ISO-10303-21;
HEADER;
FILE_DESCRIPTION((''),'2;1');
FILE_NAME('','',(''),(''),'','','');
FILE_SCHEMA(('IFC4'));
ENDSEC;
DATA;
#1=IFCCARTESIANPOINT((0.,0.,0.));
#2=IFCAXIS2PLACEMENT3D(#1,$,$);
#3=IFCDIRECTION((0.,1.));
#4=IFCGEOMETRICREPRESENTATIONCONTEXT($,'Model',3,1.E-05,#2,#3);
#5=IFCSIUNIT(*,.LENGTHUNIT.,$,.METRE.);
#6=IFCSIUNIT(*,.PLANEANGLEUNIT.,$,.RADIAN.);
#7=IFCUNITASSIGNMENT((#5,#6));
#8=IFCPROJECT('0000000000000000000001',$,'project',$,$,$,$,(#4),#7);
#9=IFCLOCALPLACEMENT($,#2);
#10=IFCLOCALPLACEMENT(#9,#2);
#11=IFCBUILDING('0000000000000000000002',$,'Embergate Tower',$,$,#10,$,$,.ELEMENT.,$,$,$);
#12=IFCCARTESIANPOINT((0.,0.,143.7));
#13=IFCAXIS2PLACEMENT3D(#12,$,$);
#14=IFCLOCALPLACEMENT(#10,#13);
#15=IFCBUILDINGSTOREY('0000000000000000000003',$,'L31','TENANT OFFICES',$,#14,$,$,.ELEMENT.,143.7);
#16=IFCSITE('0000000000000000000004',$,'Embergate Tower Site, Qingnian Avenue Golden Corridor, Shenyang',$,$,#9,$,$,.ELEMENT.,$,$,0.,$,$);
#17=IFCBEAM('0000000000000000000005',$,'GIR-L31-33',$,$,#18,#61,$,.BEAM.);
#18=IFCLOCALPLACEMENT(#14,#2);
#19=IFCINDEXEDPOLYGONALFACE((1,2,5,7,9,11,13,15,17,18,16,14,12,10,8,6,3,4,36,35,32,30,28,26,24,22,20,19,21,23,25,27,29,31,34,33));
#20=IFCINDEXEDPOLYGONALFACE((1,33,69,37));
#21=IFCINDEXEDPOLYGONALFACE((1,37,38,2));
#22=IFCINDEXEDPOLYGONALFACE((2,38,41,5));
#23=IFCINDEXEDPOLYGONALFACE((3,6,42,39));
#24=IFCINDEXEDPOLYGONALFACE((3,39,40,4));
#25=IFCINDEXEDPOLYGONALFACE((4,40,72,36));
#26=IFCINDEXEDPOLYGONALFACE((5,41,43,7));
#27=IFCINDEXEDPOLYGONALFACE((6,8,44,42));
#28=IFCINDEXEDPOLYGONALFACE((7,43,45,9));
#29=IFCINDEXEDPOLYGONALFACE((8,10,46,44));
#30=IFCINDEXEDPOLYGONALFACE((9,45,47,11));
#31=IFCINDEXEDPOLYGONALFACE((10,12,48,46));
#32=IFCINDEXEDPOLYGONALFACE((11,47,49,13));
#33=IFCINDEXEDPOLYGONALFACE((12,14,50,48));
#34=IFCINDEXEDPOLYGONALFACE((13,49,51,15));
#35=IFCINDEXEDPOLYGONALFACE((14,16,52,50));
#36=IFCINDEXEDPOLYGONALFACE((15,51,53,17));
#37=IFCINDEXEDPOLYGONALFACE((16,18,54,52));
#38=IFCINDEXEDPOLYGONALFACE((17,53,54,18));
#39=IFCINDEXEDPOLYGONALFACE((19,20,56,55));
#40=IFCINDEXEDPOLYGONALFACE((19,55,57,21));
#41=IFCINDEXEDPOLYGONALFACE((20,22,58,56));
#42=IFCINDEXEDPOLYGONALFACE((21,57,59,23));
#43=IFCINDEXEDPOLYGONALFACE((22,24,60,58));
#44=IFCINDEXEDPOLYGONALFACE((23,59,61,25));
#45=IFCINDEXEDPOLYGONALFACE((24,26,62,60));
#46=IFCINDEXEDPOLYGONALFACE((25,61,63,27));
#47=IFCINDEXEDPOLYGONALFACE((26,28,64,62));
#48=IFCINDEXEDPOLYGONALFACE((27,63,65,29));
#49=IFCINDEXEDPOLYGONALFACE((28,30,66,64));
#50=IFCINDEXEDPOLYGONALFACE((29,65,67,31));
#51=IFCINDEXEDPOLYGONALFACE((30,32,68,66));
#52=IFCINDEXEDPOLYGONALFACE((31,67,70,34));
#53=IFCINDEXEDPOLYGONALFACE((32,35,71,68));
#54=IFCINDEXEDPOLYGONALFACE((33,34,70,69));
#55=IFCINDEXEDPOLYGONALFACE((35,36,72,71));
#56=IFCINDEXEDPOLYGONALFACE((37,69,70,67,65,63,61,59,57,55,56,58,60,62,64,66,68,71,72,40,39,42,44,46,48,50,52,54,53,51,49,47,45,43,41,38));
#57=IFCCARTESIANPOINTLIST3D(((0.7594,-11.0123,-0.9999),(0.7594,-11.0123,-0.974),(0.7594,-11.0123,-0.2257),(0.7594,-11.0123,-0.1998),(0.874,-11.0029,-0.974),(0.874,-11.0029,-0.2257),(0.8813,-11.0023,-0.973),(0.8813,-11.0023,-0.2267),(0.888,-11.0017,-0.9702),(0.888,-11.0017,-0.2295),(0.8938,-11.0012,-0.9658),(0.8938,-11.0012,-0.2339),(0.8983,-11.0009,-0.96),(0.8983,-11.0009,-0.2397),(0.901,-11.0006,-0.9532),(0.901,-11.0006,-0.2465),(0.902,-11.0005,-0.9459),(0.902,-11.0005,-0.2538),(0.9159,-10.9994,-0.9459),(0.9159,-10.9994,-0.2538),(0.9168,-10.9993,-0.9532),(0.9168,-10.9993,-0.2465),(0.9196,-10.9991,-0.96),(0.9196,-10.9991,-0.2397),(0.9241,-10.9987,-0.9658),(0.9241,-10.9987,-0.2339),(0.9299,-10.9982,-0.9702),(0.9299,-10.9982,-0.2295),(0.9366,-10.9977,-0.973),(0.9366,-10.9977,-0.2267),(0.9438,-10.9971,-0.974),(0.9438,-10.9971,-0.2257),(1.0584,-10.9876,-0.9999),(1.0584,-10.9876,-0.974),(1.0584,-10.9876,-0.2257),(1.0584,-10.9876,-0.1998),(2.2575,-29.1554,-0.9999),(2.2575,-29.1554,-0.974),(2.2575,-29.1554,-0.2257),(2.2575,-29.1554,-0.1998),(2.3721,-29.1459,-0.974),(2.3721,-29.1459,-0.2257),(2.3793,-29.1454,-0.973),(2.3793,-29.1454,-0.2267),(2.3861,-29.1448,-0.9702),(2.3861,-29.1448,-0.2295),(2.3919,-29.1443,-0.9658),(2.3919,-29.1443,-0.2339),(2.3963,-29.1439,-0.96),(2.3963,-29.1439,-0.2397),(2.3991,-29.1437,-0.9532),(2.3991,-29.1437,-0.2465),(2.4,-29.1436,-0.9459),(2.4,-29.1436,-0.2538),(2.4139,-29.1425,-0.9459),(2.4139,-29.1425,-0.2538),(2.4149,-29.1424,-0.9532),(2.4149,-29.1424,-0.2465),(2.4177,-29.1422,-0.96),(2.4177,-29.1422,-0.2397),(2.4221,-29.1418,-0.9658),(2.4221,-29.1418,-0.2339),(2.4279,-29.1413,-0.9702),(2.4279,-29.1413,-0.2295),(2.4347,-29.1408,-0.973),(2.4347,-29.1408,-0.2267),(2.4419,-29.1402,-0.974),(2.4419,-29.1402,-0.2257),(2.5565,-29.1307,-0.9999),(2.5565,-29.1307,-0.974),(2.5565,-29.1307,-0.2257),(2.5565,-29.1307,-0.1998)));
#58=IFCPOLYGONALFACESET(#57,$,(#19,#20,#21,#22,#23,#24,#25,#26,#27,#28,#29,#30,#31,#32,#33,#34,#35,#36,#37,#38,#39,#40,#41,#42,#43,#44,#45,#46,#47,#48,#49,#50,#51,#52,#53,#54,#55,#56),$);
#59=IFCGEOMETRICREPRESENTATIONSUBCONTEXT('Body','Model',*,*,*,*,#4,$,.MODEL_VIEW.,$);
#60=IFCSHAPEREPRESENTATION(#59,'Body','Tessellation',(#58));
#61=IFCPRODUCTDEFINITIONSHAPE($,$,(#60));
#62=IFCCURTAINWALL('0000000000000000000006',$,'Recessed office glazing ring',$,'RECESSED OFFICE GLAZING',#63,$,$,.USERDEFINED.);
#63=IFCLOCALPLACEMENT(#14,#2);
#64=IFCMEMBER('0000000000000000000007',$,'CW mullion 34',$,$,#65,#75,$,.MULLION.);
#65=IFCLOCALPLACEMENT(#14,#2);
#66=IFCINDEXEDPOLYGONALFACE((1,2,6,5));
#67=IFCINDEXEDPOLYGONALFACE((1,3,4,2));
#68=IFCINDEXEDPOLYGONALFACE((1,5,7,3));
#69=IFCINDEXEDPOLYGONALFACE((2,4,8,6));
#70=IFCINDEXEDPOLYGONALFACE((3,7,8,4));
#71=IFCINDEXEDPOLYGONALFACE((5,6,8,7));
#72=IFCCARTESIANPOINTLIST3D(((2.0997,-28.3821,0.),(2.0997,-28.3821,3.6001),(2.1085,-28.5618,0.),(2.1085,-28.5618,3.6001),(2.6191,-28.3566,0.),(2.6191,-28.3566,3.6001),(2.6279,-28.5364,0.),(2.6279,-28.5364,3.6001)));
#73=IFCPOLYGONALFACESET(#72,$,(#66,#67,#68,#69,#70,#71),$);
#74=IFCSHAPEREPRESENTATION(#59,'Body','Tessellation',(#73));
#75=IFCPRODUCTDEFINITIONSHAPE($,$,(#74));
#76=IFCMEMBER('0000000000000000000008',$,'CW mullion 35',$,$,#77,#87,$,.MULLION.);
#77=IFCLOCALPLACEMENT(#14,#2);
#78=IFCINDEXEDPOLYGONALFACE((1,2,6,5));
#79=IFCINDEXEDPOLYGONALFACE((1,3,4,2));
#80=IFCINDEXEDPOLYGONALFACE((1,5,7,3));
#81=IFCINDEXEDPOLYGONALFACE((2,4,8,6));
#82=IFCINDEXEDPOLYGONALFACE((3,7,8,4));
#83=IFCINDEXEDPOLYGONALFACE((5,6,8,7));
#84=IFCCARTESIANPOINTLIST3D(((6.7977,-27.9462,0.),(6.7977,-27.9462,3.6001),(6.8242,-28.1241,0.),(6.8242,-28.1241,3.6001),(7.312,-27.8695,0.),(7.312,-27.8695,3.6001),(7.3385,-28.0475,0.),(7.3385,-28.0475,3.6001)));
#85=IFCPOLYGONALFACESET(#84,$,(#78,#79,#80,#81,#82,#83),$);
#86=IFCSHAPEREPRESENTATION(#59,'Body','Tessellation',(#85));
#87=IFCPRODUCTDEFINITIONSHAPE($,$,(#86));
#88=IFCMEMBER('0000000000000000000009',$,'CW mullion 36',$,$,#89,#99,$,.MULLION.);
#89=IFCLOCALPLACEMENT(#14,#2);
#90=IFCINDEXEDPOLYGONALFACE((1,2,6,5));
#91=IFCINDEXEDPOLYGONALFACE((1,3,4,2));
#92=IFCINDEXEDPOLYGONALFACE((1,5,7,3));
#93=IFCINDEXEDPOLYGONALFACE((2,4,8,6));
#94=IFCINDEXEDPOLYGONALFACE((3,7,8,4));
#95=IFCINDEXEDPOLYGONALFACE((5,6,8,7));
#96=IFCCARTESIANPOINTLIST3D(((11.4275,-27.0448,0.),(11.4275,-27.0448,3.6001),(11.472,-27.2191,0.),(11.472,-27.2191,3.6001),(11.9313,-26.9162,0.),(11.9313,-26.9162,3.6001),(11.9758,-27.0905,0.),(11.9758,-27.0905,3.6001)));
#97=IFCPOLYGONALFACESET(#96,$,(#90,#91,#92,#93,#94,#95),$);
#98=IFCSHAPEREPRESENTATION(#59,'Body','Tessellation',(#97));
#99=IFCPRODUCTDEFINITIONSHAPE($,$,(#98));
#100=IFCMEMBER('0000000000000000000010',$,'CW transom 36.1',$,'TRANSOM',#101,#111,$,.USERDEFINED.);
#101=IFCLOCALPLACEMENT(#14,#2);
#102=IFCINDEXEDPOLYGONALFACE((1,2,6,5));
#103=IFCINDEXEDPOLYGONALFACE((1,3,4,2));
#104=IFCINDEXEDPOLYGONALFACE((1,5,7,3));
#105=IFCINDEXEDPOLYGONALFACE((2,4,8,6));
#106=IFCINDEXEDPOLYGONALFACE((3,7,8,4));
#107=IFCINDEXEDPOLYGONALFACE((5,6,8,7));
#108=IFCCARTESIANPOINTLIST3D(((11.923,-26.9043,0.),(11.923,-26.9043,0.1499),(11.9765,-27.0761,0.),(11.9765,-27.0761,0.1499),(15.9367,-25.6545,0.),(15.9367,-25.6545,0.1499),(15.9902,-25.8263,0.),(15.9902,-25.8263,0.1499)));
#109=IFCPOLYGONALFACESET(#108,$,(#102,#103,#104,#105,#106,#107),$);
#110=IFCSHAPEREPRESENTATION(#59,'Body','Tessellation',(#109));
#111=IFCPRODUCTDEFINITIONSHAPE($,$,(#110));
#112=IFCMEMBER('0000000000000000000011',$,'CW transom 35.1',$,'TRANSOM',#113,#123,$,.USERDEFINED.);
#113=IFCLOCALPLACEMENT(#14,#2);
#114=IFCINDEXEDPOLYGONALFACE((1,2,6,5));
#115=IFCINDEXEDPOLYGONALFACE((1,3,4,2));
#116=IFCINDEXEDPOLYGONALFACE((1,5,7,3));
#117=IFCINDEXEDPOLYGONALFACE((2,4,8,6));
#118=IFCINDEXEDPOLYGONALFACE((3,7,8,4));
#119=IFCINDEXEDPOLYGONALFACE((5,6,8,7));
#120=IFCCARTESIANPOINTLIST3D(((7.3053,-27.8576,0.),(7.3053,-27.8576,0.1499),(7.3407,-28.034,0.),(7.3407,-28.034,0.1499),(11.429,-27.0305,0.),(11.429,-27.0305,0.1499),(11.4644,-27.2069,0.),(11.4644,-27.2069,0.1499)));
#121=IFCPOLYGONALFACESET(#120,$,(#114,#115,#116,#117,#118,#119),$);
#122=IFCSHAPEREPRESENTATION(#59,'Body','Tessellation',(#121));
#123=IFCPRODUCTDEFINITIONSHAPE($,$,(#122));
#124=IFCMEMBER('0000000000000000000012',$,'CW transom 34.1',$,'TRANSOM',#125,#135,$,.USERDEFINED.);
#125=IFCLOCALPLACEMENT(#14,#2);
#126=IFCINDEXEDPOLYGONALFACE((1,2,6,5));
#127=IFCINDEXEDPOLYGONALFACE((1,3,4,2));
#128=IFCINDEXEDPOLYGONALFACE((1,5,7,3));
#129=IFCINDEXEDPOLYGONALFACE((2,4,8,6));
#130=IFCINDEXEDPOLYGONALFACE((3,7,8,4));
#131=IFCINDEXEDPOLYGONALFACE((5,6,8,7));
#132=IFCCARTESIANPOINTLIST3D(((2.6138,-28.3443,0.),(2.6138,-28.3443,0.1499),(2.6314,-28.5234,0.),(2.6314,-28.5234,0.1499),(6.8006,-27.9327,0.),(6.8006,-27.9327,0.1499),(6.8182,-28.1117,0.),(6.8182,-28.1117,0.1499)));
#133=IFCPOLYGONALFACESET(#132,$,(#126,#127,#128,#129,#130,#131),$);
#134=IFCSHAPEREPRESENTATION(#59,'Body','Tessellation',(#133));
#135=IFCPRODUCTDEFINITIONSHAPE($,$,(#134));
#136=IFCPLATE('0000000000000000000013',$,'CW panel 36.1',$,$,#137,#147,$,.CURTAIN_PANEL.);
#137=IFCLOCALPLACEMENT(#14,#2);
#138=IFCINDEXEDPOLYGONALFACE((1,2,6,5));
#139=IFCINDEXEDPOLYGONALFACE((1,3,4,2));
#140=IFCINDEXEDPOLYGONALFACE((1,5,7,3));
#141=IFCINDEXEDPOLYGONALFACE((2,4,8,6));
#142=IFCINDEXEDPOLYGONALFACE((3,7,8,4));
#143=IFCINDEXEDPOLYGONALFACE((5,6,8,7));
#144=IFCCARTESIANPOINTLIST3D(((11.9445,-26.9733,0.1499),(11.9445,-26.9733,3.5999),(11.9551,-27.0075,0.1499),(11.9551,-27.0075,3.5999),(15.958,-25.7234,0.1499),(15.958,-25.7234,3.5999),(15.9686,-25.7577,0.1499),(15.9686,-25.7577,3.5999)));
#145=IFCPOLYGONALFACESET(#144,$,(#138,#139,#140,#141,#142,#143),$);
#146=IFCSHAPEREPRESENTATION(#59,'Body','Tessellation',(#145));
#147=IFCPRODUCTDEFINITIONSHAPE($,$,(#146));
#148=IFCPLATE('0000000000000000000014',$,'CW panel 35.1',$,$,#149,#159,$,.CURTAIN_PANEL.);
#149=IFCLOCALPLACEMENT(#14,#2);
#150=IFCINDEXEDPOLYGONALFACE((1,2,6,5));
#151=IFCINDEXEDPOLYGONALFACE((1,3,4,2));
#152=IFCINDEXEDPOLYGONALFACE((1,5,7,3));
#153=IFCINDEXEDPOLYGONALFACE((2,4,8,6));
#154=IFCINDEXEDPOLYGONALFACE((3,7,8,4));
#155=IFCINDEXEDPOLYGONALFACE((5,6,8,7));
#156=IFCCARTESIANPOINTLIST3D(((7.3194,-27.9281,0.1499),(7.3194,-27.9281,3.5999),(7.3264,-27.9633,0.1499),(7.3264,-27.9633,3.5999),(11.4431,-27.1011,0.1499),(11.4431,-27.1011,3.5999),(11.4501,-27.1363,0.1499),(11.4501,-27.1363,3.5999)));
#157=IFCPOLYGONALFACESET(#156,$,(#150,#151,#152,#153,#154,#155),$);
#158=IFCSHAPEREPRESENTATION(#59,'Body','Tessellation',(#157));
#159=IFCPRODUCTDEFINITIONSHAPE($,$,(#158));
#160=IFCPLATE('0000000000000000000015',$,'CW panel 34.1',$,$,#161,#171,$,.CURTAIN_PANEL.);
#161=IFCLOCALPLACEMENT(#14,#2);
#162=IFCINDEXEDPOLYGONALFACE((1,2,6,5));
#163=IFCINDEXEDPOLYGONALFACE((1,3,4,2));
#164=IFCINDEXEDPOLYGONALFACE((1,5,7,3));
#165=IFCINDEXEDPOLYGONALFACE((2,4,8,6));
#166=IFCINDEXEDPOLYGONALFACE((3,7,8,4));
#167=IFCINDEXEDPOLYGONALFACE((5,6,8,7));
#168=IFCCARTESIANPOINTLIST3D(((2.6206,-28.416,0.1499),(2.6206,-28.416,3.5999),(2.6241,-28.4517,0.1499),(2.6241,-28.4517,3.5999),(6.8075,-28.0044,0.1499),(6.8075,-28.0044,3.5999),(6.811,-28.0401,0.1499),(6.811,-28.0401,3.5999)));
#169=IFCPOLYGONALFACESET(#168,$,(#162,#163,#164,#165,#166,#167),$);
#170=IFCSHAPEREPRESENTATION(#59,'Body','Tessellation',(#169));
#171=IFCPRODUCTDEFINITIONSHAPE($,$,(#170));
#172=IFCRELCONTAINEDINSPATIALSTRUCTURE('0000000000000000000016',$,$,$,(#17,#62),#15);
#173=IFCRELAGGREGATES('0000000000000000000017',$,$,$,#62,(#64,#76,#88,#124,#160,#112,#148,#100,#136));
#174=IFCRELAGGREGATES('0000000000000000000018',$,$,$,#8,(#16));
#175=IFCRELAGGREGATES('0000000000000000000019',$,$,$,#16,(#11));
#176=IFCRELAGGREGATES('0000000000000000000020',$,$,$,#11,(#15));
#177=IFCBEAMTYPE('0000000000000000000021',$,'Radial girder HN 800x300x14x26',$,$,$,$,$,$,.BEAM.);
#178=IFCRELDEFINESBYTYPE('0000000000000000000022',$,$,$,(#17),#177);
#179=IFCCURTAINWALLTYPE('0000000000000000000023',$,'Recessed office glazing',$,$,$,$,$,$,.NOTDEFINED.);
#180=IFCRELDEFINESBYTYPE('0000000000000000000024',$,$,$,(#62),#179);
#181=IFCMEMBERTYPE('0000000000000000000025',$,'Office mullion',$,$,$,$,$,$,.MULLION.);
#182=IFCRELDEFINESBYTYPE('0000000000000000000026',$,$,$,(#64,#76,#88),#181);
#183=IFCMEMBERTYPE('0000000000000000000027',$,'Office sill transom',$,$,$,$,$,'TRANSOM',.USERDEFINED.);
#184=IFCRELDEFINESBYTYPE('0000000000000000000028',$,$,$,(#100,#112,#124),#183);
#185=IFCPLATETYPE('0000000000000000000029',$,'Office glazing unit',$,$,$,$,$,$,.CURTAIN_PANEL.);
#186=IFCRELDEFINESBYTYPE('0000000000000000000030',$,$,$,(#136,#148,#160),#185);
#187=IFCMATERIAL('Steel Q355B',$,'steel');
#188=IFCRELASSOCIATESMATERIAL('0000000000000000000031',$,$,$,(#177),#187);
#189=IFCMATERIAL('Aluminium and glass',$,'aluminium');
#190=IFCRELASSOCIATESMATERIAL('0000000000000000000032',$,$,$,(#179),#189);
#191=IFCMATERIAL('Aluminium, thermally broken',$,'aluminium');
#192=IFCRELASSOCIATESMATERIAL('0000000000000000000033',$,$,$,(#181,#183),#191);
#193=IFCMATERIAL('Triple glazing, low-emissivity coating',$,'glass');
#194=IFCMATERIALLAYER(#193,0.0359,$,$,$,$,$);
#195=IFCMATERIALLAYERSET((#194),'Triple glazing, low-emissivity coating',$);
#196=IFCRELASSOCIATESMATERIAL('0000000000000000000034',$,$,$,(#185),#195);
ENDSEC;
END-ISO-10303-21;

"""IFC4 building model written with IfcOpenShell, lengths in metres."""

from ifc_helpers import new_model, si_unit, direction, frame, origin, origin_2d, place, context, subcontext, project, spatial, rectangle, i_section, extrude, source, transform, mapped, material, layer, layer_set, material_profile, profile_set, type_object, element, aggregate, save


model = new_model("IFC4")

# Units and contexts
model_context = context("Model", 3, precision=1e-05, world=origin(), true_north=direction((0.0, 1.0)))
body_context = subcontext(model_context, "Body", "Model", "MODEL_VIEW")
ifc_project = project(units=[si_unit("LENGTHUNIT", "METRE"), si_unit("PLANEANGLEUNIT", "RADIAN")], contexts=[model_context])

# Site, building, storey
site_placement = place(None, origin())
site = spatial("IfcSite", under=ifc_project, at=site_placement, Name="Embergate Tower Site, Qingnian Avenue Golden Corridor, Shenyang", CompositionType="ELEMENT", RefElevation=0.0)
building_placement = place(site_placement, origin())
building = spatial("IfcBuilding", under=site, at=building_placement, Name="Embergate Tower", CompositionType="ELEMENT")
storey_placement = place(building_placement, frame((0.0, 0.0, 143.7)))
storey = spatial("IfcBuildingStorey", under=building, at=storey_placement, Name="L31", Description="TENANT OFFICES", CompositionType="ELEMENT", Elevation=143.7)

# Beam
ifc_material_1 = material(Name="Steel Q355B", Category="steel")
ifc_material_profile_1 = material_profile(ifc_material_1, i_section(OverallWidth=0.3, OverallDepth=0.8, WebThickness=0.0139, FlangeThickness=0.0259, FilletRadius=0.0281, at=origin_2d()), Name="HN 800x300x14x26")
ifc_profile_set_1 = profile_set([ifc_material_profile_1], Name="Steel Q355 grade B")
beam_type_1 = type_object("IfcBeamType", Name="Radial girder HN 800x300x14x26", PredefinedType="BEAM", material=ifc_profile_set_1)
shared_shape_1 = source(origin(), body_context, "Body", "SweptSolid", [
    extrude(i_section(OverallWidth=0.3, OverallDepth=0.8, WebThickness=0.0139, FlangeThickness=0.0259, FilletRadius=0.0281, at=origin_2d()), origin(), (0.0, 0.0, 1.0), 18.2048),
])
beam_1_placement = place(storey_placement, frame((2.407, -29.1431, -0.5999), z_axis=(-0.082289, 0.996609, 0.0), x_axis=(-0.996609, -0.082289, 0.0)))
element("IfcBeam", 1, at=beam_1_placement, inside=storey, type_object=beam_type_1, Name="GIR-L31-33", PredefinedType="BEAM", context=body_context, shape_type="MappedRepresentation", body=[
    mapped(shared_shape_1, transform((0.0, 0.0, 0.0))),
])

# Curtain wall, members
ifc_material_2 = material(Name="Aluminium and glass", Category="aluminium")
curtain_wall_type = type_object("IfcCurtainWallType", Name="Recessed office glazing", PredefinedType="NOTDEFINED", material=ifc_material_2)
curtain_wall_placement = place(storey_placement, origin())
curtain_wall = element("IfcCurtainWall", 2, at=curtain_wall_placement, inside=storey, type_object=curtain_wall_type, Name="Recessed office glazing ring", ObjectType="RECESSED OFFICE GLAZING", PredefinedType="USERDEFINED")
ifc_material_3 = material(Name="Aluminium, thermally broken", Category="aluminium")
ifc_material_profile_2 = material_profile(ifc_material_3, rectangle(XDim=0.1799, YDim=0.52, at=origin_2d()), Name="AL 520x180")
ifc_profile_set_2 = profile_set([ifc_material_profile_2], Name="Aluminium, thermally broken")
member_type_1 = type_object("IfcMemberType", Name="Office mullion", PredefinedType="MULLION", material=ifc_profile_set_2)
shared_shape_2 = source(origin(), body_context, "Body", "SweptSolid", [
    extrude(rectangle(XDim=0.1799, YDim=0.52, at=origin_2d()), origin(), (0.0, 0.0, 1.0), 3.6001),
])
member_1_placement = place(storey_placement, frame((2.3638, -28.4592, 0.0), z_axis=(0.0, 0.0, 1.0), x_axis=(-0.04897, 0.9988, 0.0)))
member_1 = element("IfcMember", 3, at=member_1_placement, type_object=member_type_1, Name="CW mullion 34", PredefinedType="MULLION", context=body_context, shape_type="MappedRepresentation", body=[
    mapped(shared_shape_2, transform((0.0, 0.0, 0.0))),
])
member_2_placement = place(storey_placement, frame((7.0681, -27.9968, 0.0), z_axis=(0.0, 0.0, 1.0), x_axis=(-0.147409, 0.989076, 0.0)))
member_2 = element("IfcMember", 4, at=member_2_placement, type_object=member_type_1, Name="CW mullion 35", PredefinedType="MULLION", context=body_context, shape_type="MappedRepresentation", body=[
    mapped(shared_shape_2, transform((0.0, 0.0, 0.0))),
])
member_3_placement = place(storey_placement, frame((11.7017, -27.0676, 0.0), z_axis=(0.0, 0.0, 1.0), x_axis=(-0.247307, 0.968937, 0.0)))
member_3 = element("IfcMember", 5, at=member_3_placement, type_object=member_type_1, Name="CW mullion 36", PredefinedType="MULLION", context=body_context, shape_type="MappedRepresentation", body=[
    mapped(shared_shape_2, transform((0.0, 0.0, 0.0))),
])
ifc_material_profile_3 = material_profile(ifc_material_3, rectangle(XDim=0.1799, YDim=0.1499, at=origin_2d()), Name="AL 150x180")
ifc_profile_set_3 = profile_set([ifc_material_profile_3], Name="Aluminium, thermally broken")
member_type_2 = type_object("IfcMemberType", Name="Office sill transom", ElementType="TRANSOM", PredefinedType="USERDEFINED", material=ifc_profile_set_3)
shared_shape_3 = source(origin(), body_context, "Body", "SweptSolid", [
    extrude(rectangle(XDim=0.1799, YDim=0.1499, at=origin_2d()), origin(), (0.0, 0.0, 1.0), 4.2039),
])
member_4_placement = place(storey_placement, frame((11.9497, -26.9902, 0.075), z_axis=(0.954785, 0.297296, 0.0), x_axis=(-0.297296, 0.954785, 0.0)))
member_4 = element("IfcMember", 6, at=member_4_placement, type_object=member_type_2, Name="CW transom 36.1", ObjectType="TRANSOM", PredefinedType="USERDEFINED", context=body_context, shape_type="MappedRepresentation", body=[
    mapped(shared_shape_3, transform((0.0, 0.0, 0.0))),
])
shared_shape_4 = source(origin(), body_context, "Body", "SweptSolid", [
    extrude(rectangle(XDim=0.1799, YDim=0.1499, at=origin_2d()), origin(), (0.0, 0.0, 1.0), 4.2058),
])
member_5_placement = place(storey_placement, frame((7.323, -27.9458, 0.075), z_axis=(0.980471, 0.196663, 0.0), x_axis=(-0.196663, 0.980471, 0.0)))
member_5 = element("IfcMember", 7, at=member_5_placement, type_object=member_type_2, Name="CW transom 35.1", ObjectType="TRANSOM", PredefinedType="USERDEFINED", context=body_context, shape_type="MappedRepresentation", body=[
    mapped(shared_shape_4, transform((0.0, 0.0, 0.0))),
])
shared_shape_5 = source(origin(), body_context, "Body", "SweptSolid", [
    extrude(rectangle(XDim=0.1799, YDim=0.1499, at=origin_2d()), origin(), (0.0, 0.0, 1.0), 4.207),
])
member_6_placement = place(storey_placement, frame((2.6226, -28.4338, 0.075), z_axis=(0.995202, 0.097843, 0.0), x_axis=(-0.097843, 0.995202, 0.0)))
member_6 = element("IfcMember", 8, at=member_6_placement, type_object=member_type_2, Name="CW transom 34.1", ObjectType="TRANSOM", PredefinedType="USERDEFINED", context=body_context, shape_type="MappedRepresentation", body=[
    mapped(shared_shape_5, transform((0.0, 0.0, 0.0))),
])

# Plates
ifc_material_4 = material(Name="Triple glazing, low-emissivity coating", Category="glass")
ifc_layer_1 = layer(ifc_material_4, 0.0359)
ifc_layer_set_1 = layer_set([ifc_layer_1], Name="Triple glazing, low-emissivity coating")
plate_type = type_object("IfcPlateType", Name="Office glazing unit", PredefinedType="CURTAIN_PANEL", material=ifc_layer_set_1)
shared_shape_6 = source(origin(), body_context, "Body", "SweptSolid", [
    extrude(rectangle(XDim=4.2036, YDim=0.0359, at=origin_2d()), origin(), (0.0, 0.0, 1.0), 3.45),
])
plate_1_placement = place(storey_placement, frame((13.9565, -26.3655, 0.1499), z_axis=(0.0, 0.0, 1.0), x_axis=(0.954774, 0.297333, 0.0)))
plate_1 = element("IfcPlate", 9, at=plate_1_placement, type_object=plate_type, Name="CW panel 36.1", PredefinedType="CURTAIN_PANEL", context=body_context, shape_type="MappedRepresentation", body=[
    mapped(shared_shape_6, transform((0.0, 0.0, 0.0))),
])
shared_shape_7 = source(origin(), body_context, "Body", "SweptSolid", [
    extrude(rectangle(XDim=4.2058, YDim=0.0359, at=origin_2d()), origin(), (0.0, 0.0, 1.0), 3.45),
])
plate_2_placement = place(storey_placement, frame((9.3848, -27.5322, 0.1499), z_axis=(0.0, 0.0, 1.0), x_axis=(0.980477, 0.196636, 0.0)))
plate_2 = element("IfcPlate", 10, at=plate_2_placement, type_object=plate_type, Name="CW panel 35.1", PredefinedType="CURTAIN_PANEL", context=body_context, shape_type="MappedRepresentation", body=[
    mapped(shared_shape_7, transform((0.0, 0.0, 0.0))),
])
shared_shape_8 = source(origin(), body_context, "Body", "SweptSolid", [
    extrude(rectangle(XDim=4.207, YDim=0.0359, at=origin_2d()), origin(), (0.0, 0.0, 1.0), 3.45),
])
plate_3_placement = place(storey_placement, frame((4.7158, -28.228, 0.1499), z_axis=(0.0, 0.0, 1.0), x_axis=(0.995203, 0.097828, 0.0)))
plate_3 = element("IfcPlate", 11, at=plate_3_placement, type_object=plate_type, Name="CW panel 34.1", PredefinedType="CURTAIN_PANEL", context=body_context, shape_type="MappedRepresentation", body=[
    mapped(shared_shape_8, transform((0.0, 0.0, 0.0))),
])
aggregate(curtain_wall, [member_1, member_2, member_3, member_6, plate_3, member_5, plate_2, member_4, plate_1])

save(model, "model.ifc")
